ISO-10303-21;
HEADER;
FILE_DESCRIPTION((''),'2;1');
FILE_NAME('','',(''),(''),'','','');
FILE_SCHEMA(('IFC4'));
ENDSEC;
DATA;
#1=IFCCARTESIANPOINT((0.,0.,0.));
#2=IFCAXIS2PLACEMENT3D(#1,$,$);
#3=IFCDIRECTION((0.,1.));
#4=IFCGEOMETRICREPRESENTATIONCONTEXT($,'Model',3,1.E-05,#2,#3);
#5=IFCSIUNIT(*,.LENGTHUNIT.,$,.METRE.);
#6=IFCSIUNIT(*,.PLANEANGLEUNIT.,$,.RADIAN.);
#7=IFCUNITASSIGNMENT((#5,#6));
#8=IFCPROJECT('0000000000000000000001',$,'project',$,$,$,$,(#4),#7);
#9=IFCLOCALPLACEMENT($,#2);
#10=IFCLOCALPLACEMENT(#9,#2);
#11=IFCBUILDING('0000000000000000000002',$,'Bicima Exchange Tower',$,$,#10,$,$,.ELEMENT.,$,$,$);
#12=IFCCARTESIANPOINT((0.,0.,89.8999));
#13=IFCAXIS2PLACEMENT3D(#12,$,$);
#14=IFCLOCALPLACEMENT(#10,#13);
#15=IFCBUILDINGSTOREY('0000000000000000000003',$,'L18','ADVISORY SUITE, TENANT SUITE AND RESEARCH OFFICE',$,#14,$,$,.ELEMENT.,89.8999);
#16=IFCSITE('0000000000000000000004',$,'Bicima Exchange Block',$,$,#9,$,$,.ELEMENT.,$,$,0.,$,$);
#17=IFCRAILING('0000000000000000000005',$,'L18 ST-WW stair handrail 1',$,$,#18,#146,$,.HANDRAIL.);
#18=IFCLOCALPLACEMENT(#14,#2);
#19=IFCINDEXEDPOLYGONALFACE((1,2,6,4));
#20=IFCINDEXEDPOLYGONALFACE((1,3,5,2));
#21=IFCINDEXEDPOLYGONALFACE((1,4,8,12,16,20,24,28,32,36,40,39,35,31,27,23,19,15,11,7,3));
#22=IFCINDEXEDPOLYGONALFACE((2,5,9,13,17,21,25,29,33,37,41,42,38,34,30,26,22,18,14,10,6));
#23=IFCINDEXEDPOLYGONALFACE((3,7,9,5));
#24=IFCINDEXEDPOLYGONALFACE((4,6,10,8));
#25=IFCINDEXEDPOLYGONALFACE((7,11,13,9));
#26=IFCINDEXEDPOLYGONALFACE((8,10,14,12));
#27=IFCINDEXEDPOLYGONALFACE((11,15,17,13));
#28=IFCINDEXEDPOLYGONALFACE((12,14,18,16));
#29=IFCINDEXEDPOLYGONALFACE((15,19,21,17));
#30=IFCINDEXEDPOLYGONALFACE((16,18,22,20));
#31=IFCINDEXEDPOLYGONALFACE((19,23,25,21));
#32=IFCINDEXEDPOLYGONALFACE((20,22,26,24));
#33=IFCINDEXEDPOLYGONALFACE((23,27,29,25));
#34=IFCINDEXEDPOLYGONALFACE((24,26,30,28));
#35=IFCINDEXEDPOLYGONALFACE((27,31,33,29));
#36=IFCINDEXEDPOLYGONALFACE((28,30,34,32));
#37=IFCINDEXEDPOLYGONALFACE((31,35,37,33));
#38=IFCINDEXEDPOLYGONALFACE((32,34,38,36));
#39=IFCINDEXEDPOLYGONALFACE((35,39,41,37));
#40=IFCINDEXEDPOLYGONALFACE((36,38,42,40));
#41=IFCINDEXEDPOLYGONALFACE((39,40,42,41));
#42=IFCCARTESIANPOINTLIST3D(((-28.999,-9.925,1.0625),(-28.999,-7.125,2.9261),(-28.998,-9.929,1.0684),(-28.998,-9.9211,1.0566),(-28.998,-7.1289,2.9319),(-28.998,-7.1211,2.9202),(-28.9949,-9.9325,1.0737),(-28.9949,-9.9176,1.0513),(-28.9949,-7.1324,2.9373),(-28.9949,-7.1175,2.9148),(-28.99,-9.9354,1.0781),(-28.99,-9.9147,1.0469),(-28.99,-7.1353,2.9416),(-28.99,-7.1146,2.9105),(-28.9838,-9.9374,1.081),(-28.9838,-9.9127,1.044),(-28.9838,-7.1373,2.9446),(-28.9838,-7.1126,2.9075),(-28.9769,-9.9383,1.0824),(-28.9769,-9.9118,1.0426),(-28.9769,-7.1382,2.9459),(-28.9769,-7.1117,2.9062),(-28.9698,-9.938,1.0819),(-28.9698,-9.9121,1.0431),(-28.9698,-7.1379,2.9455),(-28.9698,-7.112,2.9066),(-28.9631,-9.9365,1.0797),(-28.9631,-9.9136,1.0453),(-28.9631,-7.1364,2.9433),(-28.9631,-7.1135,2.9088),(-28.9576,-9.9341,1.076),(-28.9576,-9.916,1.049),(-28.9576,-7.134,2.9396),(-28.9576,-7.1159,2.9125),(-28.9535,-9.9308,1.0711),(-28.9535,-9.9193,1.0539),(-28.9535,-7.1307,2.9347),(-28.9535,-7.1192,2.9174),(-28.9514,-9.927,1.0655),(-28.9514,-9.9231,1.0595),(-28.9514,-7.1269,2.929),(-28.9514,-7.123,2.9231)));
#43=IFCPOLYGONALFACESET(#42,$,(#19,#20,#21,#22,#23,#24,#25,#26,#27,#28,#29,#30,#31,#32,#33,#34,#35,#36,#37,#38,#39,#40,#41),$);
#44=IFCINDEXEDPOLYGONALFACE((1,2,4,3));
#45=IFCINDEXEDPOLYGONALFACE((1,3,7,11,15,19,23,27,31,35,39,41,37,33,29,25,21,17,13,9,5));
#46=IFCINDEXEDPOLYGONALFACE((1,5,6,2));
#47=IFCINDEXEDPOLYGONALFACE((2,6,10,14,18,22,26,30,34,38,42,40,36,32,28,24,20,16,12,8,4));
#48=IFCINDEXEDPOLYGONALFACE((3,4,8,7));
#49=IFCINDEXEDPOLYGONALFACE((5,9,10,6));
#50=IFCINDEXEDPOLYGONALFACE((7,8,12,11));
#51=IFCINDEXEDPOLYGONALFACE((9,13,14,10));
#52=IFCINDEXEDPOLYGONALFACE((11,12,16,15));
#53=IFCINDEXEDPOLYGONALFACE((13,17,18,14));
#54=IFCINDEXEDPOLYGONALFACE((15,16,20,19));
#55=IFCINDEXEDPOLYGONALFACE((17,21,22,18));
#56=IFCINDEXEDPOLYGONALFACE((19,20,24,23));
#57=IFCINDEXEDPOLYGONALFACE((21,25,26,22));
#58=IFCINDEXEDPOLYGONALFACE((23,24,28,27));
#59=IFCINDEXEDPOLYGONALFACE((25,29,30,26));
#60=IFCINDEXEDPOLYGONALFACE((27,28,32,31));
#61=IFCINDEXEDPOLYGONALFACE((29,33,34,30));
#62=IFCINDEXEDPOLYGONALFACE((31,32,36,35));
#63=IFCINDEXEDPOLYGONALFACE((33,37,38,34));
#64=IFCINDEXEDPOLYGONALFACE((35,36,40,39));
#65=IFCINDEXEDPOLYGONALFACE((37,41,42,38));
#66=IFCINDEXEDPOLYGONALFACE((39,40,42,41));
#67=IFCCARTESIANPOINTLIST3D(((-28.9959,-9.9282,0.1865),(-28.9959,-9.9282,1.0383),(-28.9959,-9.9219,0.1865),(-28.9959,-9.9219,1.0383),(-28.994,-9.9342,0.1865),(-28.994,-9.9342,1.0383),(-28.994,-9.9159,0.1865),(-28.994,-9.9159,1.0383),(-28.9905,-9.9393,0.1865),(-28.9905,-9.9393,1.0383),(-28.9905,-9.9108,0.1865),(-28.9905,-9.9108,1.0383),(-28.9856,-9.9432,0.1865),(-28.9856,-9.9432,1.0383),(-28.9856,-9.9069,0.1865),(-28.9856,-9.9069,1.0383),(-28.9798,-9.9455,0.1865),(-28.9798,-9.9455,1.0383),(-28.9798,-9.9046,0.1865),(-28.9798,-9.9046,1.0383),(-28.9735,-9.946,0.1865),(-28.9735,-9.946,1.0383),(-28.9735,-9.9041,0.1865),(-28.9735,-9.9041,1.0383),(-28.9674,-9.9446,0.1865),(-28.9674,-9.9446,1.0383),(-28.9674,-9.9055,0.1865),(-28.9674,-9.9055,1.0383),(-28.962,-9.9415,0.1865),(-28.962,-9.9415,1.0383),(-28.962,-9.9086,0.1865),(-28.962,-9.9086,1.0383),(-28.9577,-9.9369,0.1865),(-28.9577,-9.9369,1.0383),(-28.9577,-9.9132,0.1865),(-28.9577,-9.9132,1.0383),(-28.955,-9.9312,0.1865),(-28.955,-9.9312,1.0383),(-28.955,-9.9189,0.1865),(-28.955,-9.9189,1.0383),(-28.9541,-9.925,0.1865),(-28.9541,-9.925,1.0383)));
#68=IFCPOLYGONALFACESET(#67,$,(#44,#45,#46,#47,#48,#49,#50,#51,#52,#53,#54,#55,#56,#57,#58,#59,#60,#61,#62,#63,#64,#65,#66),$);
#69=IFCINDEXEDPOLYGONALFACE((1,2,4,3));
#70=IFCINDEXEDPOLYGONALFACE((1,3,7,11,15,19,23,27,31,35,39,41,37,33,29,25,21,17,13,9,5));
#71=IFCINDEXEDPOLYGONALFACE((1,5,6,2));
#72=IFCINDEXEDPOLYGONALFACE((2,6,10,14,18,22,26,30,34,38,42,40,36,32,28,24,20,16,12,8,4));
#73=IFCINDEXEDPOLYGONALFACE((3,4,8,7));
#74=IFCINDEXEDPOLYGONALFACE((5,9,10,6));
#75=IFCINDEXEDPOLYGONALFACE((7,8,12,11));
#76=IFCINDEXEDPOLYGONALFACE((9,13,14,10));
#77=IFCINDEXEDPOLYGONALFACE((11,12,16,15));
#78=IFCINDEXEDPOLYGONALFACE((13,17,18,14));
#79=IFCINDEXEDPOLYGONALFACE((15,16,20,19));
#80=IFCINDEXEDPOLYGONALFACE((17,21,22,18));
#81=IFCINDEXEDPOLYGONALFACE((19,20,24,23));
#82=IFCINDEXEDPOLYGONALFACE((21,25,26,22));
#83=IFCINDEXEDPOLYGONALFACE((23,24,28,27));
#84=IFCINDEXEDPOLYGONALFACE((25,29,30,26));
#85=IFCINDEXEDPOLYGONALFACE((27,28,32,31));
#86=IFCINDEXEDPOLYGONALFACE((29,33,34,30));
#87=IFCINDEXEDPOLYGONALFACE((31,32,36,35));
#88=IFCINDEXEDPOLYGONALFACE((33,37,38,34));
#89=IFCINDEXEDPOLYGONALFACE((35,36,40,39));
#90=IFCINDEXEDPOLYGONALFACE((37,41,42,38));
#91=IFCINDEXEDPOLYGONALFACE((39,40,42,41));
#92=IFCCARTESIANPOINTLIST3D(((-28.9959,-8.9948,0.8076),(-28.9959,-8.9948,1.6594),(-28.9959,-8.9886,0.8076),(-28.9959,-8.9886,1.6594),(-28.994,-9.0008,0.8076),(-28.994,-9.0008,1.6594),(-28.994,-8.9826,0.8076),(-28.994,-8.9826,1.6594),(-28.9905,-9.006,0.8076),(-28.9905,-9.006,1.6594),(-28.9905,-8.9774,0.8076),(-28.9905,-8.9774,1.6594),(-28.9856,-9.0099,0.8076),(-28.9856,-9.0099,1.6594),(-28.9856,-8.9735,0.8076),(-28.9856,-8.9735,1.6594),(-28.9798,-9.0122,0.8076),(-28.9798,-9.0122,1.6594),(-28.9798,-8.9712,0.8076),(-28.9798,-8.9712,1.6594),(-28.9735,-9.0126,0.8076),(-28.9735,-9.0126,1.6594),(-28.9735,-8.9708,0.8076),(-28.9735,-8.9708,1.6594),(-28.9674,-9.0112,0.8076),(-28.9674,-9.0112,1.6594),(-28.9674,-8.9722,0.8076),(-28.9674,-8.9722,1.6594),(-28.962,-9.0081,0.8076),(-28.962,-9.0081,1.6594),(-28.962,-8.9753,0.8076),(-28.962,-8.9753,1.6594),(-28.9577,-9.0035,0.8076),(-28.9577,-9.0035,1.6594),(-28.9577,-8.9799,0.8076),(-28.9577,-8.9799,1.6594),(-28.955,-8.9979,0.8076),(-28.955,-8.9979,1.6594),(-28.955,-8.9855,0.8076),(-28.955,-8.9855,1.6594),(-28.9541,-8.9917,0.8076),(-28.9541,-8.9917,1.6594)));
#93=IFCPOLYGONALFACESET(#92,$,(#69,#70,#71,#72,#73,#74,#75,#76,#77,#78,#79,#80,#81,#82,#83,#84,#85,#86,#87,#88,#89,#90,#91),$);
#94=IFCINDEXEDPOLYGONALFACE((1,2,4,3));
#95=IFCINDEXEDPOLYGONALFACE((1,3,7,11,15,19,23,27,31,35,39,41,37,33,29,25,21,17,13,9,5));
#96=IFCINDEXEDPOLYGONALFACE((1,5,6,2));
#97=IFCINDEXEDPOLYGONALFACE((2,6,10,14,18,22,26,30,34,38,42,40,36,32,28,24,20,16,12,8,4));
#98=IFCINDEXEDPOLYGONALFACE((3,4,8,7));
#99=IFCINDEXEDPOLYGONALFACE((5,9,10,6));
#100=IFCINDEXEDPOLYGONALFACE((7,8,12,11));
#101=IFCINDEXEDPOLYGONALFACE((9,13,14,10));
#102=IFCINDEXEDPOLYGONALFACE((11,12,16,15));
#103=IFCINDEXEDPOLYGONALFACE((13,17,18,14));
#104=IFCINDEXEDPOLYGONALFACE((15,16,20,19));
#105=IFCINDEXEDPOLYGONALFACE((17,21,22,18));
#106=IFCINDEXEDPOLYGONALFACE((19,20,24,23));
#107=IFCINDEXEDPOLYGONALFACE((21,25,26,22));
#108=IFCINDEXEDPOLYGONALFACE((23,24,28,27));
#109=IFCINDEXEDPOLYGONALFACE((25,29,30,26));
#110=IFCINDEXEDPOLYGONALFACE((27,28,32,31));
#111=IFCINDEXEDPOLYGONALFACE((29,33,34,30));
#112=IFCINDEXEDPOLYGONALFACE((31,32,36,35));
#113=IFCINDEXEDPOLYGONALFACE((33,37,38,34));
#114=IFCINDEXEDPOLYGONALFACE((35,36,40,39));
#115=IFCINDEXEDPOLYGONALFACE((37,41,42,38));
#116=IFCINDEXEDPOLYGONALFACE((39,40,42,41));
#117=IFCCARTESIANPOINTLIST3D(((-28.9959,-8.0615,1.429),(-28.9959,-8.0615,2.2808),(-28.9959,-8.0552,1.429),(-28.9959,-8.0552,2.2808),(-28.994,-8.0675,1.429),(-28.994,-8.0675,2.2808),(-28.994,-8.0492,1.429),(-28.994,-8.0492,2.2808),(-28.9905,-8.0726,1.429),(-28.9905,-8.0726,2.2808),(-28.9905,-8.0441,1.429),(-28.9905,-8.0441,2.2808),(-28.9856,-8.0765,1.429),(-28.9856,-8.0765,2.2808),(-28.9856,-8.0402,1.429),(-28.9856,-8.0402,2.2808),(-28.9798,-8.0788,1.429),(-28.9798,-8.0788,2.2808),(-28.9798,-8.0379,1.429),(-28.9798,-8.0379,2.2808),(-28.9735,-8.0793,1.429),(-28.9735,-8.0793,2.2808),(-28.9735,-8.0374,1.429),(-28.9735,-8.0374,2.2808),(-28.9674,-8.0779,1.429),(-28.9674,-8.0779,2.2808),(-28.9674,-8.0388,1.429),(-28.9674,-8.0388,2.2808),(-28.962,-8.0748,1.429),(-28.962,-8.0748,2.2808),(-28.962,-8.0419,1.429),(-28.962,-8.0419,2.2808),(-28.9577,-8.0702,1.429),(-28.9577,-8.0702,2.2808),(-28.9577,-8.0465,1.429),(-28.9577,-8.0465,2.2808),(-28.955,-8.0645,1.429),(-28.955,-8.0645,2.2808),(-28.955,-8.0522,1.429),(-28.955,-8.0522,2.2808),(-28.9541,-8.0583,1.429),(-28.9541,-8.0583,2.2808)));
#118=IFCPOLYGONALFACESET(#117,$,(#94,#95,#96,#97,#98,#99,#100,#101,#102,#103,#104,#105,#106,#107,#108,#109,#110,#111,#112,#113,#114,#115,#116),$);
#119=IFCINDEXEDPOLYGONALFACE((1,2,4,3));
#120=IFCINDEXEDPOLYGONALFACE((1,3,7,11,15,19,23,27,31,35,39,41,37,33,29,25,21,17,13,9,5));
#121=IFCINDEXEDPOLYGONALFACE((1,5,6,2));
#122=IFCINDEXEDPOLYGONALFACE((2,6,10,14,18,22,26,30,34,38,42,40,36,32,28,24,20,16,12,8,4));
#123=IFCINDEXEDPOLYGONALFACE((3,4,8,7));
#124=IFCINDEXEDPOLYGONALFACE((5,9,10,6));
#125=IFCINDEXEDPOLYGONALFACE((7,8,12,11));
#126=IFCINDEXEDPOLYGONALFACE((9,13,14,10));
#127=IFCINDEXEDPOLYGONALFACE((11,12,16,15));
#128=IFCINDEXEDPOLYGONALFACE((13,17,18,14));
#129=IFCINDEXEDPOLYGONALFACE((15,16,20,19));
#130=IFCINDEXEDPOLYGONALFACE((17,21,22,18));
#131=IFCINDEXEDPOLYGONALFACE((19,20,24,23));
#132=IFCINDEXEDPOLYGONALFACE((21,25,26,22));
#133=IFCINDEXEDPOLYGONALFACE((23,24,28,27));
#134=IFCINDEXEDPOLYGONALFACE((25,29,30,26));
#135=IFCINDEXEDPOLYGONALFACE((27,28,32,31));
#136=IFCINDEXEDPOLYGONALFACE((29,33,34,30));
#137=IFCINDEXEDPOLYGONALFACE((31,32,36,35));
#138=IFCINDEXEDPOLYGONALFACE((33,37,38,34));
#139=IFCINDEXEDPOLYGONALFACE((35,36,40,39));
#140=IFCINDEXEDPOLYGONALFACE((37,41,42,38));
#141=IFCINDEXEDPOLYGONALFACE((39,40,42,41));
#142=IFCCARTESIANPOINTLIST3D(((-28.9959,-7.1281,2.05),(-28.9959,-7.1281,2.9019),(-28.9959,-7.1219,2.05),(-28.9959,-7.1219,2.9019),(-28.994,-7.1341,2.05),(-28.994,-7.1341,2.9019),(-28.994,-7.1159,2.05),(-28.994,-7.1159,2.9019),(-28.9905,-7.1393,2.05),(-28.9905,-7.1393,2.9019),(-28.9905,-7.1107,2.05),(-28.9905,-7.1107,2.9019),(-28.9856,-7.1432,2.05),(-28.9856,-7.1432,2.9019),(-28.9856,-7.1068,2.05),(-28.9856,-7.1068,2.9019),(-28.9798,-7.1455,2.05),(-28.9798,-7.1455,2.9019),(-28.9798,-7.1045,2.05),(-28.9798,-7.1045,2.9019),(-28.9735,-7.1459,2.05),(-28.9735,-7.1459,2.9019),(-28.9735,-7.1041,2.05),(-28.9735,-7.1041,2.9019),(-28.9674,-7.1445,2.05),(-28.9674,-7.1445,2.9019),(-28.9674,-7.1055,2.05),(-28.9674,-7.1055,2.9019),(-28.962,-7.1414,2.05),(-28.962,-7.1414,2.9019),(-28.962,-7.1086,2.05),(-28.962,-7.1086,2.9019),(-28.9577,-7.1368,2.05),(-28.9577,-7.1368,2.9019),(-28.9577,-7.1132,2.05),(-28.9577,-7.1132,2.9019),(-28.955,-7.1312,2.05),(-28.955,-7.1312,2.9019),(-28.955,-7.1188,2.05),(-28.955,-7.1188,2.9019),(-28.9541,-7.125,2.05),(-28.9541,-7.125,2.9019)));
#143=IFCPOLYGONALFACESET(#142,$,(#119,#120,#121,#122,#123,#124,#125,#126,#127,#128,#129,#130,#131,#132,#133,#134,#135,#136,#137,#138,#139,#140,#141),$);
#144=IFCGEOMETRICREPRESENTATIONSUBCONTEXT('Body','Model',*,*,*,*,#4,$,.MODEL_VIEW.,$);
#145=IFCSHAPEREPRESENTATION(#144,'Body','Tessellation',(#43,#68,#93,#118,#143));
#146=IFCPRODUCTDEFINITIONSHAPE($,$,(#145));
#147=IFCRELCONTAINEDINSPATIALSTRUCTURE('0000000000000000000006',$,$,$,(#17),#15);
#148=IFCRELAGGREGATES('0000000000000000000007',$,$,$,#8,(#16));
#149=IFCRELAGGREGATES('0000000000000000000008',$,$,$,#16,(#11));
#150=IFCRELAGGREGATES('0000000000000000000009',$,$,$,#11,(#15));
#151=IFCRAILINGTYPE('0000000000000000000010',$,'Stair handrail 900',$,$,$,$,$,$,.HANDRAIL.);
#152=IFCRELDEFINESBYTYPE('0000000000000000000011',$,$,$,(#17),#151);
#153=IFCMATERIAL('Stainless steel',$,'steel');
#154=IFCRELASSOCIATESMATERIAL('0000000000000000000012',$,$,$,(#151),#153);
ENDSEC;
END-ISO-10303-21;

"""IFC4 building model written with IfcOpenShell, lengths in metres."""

from ifc_helpers import new_model, si_unit, direction, frame, origin, origin_2d, place, context, subcontext, project, spatial, circle, extrude, material, type_object, element, save


model = new_model("IFC4")

# Units and contexts
model_context = context("Model", 3, precision=1e-05, world=origin(), true_north=direction((0.0, 1.0)))
body_context = subcontext(model_context, "Body", "Model", "MODEL_VIEW")
ifc_project = project(units=[si_unit("LENGTHUNIT", "METRE"), si_unit("PLANEANGLEUNIT", "RADIAN")], contexts=[model_context])

# Site, building, storey
site_placement = place(None, origin())
site = spatial("IfcSite", under=ifc_project, at=site_placement, Name="Bicima Exchange Block", CompositionType="ELEMENT", RefElevation=0.0)
building_placement = place(site_placement, origin())
building = spatial("IfcBuilding", under=site, at=building_placement, Name="Bicima Exchange Tower", CompositionType="ELEMENT")
storey_placement = place(building_placement, frame((0.0, 0.0, 89.8999)))
storey = spatial("IfcBuildingStorey", under=building, at=storey_placement, Name="L18", Description="ADVISORY SUITE, TENANT SUITE AND RESEARCH OFFICE", CompositionType="ELEMENT", Elevation=89.8999)

# Railing
ifc_material_1 = material(Name="Stainless steel", Category="steel")
railing_type = type_object("IfcRailingType", Name="Stair handrail 900", PredefinedType="HANDRAIL", material=ifc_material_1)
railing_placement = place(storey_placement, frame((-28.9751, -9.925, 0.1865)))
element("IfcRailing", 1, at=railing_placement, inside=storey, type_object=railing_type, Name="L18 ST-WW stair handrail 1", PredefinedType="HANDRAIL", context=body_context, shape_type="SweptSolid", body=[
    extrude(circle(Radius=0.0239, at=origin_2d()), frame((0.0, 0.0, 0.876), z_axis=(0.0, 0.832486, 0.554047), x_axis=(-1.0, 0.0, 0.0)), (0.0, 0.0, 1.0), 3.3635),
    extrude(circle(Radius=0.021, at=origin_2d()), origin(), (0.0, 0.0, 1.0), 0.8518),
    extrude(circle(Radius=0.021, at=origin_2d()), frame((0.0, 0.9333, 0.6211)), (0.0, 0.0, 1.0), 0.8518),
    extrude(circle(Radius=0.021, at=origin_2d()), frame((0.0, 1.8667, 1.2424)), (0.0, 0.0, 1.0), 0.8518),
    extrude(circle(Radius=0.021, at=origin_2d()), frame((0.0, 2.8, 1.8635)), (0.0, 0.0, 1.0), 0.8518),
])

save(model, "model.ifc")
